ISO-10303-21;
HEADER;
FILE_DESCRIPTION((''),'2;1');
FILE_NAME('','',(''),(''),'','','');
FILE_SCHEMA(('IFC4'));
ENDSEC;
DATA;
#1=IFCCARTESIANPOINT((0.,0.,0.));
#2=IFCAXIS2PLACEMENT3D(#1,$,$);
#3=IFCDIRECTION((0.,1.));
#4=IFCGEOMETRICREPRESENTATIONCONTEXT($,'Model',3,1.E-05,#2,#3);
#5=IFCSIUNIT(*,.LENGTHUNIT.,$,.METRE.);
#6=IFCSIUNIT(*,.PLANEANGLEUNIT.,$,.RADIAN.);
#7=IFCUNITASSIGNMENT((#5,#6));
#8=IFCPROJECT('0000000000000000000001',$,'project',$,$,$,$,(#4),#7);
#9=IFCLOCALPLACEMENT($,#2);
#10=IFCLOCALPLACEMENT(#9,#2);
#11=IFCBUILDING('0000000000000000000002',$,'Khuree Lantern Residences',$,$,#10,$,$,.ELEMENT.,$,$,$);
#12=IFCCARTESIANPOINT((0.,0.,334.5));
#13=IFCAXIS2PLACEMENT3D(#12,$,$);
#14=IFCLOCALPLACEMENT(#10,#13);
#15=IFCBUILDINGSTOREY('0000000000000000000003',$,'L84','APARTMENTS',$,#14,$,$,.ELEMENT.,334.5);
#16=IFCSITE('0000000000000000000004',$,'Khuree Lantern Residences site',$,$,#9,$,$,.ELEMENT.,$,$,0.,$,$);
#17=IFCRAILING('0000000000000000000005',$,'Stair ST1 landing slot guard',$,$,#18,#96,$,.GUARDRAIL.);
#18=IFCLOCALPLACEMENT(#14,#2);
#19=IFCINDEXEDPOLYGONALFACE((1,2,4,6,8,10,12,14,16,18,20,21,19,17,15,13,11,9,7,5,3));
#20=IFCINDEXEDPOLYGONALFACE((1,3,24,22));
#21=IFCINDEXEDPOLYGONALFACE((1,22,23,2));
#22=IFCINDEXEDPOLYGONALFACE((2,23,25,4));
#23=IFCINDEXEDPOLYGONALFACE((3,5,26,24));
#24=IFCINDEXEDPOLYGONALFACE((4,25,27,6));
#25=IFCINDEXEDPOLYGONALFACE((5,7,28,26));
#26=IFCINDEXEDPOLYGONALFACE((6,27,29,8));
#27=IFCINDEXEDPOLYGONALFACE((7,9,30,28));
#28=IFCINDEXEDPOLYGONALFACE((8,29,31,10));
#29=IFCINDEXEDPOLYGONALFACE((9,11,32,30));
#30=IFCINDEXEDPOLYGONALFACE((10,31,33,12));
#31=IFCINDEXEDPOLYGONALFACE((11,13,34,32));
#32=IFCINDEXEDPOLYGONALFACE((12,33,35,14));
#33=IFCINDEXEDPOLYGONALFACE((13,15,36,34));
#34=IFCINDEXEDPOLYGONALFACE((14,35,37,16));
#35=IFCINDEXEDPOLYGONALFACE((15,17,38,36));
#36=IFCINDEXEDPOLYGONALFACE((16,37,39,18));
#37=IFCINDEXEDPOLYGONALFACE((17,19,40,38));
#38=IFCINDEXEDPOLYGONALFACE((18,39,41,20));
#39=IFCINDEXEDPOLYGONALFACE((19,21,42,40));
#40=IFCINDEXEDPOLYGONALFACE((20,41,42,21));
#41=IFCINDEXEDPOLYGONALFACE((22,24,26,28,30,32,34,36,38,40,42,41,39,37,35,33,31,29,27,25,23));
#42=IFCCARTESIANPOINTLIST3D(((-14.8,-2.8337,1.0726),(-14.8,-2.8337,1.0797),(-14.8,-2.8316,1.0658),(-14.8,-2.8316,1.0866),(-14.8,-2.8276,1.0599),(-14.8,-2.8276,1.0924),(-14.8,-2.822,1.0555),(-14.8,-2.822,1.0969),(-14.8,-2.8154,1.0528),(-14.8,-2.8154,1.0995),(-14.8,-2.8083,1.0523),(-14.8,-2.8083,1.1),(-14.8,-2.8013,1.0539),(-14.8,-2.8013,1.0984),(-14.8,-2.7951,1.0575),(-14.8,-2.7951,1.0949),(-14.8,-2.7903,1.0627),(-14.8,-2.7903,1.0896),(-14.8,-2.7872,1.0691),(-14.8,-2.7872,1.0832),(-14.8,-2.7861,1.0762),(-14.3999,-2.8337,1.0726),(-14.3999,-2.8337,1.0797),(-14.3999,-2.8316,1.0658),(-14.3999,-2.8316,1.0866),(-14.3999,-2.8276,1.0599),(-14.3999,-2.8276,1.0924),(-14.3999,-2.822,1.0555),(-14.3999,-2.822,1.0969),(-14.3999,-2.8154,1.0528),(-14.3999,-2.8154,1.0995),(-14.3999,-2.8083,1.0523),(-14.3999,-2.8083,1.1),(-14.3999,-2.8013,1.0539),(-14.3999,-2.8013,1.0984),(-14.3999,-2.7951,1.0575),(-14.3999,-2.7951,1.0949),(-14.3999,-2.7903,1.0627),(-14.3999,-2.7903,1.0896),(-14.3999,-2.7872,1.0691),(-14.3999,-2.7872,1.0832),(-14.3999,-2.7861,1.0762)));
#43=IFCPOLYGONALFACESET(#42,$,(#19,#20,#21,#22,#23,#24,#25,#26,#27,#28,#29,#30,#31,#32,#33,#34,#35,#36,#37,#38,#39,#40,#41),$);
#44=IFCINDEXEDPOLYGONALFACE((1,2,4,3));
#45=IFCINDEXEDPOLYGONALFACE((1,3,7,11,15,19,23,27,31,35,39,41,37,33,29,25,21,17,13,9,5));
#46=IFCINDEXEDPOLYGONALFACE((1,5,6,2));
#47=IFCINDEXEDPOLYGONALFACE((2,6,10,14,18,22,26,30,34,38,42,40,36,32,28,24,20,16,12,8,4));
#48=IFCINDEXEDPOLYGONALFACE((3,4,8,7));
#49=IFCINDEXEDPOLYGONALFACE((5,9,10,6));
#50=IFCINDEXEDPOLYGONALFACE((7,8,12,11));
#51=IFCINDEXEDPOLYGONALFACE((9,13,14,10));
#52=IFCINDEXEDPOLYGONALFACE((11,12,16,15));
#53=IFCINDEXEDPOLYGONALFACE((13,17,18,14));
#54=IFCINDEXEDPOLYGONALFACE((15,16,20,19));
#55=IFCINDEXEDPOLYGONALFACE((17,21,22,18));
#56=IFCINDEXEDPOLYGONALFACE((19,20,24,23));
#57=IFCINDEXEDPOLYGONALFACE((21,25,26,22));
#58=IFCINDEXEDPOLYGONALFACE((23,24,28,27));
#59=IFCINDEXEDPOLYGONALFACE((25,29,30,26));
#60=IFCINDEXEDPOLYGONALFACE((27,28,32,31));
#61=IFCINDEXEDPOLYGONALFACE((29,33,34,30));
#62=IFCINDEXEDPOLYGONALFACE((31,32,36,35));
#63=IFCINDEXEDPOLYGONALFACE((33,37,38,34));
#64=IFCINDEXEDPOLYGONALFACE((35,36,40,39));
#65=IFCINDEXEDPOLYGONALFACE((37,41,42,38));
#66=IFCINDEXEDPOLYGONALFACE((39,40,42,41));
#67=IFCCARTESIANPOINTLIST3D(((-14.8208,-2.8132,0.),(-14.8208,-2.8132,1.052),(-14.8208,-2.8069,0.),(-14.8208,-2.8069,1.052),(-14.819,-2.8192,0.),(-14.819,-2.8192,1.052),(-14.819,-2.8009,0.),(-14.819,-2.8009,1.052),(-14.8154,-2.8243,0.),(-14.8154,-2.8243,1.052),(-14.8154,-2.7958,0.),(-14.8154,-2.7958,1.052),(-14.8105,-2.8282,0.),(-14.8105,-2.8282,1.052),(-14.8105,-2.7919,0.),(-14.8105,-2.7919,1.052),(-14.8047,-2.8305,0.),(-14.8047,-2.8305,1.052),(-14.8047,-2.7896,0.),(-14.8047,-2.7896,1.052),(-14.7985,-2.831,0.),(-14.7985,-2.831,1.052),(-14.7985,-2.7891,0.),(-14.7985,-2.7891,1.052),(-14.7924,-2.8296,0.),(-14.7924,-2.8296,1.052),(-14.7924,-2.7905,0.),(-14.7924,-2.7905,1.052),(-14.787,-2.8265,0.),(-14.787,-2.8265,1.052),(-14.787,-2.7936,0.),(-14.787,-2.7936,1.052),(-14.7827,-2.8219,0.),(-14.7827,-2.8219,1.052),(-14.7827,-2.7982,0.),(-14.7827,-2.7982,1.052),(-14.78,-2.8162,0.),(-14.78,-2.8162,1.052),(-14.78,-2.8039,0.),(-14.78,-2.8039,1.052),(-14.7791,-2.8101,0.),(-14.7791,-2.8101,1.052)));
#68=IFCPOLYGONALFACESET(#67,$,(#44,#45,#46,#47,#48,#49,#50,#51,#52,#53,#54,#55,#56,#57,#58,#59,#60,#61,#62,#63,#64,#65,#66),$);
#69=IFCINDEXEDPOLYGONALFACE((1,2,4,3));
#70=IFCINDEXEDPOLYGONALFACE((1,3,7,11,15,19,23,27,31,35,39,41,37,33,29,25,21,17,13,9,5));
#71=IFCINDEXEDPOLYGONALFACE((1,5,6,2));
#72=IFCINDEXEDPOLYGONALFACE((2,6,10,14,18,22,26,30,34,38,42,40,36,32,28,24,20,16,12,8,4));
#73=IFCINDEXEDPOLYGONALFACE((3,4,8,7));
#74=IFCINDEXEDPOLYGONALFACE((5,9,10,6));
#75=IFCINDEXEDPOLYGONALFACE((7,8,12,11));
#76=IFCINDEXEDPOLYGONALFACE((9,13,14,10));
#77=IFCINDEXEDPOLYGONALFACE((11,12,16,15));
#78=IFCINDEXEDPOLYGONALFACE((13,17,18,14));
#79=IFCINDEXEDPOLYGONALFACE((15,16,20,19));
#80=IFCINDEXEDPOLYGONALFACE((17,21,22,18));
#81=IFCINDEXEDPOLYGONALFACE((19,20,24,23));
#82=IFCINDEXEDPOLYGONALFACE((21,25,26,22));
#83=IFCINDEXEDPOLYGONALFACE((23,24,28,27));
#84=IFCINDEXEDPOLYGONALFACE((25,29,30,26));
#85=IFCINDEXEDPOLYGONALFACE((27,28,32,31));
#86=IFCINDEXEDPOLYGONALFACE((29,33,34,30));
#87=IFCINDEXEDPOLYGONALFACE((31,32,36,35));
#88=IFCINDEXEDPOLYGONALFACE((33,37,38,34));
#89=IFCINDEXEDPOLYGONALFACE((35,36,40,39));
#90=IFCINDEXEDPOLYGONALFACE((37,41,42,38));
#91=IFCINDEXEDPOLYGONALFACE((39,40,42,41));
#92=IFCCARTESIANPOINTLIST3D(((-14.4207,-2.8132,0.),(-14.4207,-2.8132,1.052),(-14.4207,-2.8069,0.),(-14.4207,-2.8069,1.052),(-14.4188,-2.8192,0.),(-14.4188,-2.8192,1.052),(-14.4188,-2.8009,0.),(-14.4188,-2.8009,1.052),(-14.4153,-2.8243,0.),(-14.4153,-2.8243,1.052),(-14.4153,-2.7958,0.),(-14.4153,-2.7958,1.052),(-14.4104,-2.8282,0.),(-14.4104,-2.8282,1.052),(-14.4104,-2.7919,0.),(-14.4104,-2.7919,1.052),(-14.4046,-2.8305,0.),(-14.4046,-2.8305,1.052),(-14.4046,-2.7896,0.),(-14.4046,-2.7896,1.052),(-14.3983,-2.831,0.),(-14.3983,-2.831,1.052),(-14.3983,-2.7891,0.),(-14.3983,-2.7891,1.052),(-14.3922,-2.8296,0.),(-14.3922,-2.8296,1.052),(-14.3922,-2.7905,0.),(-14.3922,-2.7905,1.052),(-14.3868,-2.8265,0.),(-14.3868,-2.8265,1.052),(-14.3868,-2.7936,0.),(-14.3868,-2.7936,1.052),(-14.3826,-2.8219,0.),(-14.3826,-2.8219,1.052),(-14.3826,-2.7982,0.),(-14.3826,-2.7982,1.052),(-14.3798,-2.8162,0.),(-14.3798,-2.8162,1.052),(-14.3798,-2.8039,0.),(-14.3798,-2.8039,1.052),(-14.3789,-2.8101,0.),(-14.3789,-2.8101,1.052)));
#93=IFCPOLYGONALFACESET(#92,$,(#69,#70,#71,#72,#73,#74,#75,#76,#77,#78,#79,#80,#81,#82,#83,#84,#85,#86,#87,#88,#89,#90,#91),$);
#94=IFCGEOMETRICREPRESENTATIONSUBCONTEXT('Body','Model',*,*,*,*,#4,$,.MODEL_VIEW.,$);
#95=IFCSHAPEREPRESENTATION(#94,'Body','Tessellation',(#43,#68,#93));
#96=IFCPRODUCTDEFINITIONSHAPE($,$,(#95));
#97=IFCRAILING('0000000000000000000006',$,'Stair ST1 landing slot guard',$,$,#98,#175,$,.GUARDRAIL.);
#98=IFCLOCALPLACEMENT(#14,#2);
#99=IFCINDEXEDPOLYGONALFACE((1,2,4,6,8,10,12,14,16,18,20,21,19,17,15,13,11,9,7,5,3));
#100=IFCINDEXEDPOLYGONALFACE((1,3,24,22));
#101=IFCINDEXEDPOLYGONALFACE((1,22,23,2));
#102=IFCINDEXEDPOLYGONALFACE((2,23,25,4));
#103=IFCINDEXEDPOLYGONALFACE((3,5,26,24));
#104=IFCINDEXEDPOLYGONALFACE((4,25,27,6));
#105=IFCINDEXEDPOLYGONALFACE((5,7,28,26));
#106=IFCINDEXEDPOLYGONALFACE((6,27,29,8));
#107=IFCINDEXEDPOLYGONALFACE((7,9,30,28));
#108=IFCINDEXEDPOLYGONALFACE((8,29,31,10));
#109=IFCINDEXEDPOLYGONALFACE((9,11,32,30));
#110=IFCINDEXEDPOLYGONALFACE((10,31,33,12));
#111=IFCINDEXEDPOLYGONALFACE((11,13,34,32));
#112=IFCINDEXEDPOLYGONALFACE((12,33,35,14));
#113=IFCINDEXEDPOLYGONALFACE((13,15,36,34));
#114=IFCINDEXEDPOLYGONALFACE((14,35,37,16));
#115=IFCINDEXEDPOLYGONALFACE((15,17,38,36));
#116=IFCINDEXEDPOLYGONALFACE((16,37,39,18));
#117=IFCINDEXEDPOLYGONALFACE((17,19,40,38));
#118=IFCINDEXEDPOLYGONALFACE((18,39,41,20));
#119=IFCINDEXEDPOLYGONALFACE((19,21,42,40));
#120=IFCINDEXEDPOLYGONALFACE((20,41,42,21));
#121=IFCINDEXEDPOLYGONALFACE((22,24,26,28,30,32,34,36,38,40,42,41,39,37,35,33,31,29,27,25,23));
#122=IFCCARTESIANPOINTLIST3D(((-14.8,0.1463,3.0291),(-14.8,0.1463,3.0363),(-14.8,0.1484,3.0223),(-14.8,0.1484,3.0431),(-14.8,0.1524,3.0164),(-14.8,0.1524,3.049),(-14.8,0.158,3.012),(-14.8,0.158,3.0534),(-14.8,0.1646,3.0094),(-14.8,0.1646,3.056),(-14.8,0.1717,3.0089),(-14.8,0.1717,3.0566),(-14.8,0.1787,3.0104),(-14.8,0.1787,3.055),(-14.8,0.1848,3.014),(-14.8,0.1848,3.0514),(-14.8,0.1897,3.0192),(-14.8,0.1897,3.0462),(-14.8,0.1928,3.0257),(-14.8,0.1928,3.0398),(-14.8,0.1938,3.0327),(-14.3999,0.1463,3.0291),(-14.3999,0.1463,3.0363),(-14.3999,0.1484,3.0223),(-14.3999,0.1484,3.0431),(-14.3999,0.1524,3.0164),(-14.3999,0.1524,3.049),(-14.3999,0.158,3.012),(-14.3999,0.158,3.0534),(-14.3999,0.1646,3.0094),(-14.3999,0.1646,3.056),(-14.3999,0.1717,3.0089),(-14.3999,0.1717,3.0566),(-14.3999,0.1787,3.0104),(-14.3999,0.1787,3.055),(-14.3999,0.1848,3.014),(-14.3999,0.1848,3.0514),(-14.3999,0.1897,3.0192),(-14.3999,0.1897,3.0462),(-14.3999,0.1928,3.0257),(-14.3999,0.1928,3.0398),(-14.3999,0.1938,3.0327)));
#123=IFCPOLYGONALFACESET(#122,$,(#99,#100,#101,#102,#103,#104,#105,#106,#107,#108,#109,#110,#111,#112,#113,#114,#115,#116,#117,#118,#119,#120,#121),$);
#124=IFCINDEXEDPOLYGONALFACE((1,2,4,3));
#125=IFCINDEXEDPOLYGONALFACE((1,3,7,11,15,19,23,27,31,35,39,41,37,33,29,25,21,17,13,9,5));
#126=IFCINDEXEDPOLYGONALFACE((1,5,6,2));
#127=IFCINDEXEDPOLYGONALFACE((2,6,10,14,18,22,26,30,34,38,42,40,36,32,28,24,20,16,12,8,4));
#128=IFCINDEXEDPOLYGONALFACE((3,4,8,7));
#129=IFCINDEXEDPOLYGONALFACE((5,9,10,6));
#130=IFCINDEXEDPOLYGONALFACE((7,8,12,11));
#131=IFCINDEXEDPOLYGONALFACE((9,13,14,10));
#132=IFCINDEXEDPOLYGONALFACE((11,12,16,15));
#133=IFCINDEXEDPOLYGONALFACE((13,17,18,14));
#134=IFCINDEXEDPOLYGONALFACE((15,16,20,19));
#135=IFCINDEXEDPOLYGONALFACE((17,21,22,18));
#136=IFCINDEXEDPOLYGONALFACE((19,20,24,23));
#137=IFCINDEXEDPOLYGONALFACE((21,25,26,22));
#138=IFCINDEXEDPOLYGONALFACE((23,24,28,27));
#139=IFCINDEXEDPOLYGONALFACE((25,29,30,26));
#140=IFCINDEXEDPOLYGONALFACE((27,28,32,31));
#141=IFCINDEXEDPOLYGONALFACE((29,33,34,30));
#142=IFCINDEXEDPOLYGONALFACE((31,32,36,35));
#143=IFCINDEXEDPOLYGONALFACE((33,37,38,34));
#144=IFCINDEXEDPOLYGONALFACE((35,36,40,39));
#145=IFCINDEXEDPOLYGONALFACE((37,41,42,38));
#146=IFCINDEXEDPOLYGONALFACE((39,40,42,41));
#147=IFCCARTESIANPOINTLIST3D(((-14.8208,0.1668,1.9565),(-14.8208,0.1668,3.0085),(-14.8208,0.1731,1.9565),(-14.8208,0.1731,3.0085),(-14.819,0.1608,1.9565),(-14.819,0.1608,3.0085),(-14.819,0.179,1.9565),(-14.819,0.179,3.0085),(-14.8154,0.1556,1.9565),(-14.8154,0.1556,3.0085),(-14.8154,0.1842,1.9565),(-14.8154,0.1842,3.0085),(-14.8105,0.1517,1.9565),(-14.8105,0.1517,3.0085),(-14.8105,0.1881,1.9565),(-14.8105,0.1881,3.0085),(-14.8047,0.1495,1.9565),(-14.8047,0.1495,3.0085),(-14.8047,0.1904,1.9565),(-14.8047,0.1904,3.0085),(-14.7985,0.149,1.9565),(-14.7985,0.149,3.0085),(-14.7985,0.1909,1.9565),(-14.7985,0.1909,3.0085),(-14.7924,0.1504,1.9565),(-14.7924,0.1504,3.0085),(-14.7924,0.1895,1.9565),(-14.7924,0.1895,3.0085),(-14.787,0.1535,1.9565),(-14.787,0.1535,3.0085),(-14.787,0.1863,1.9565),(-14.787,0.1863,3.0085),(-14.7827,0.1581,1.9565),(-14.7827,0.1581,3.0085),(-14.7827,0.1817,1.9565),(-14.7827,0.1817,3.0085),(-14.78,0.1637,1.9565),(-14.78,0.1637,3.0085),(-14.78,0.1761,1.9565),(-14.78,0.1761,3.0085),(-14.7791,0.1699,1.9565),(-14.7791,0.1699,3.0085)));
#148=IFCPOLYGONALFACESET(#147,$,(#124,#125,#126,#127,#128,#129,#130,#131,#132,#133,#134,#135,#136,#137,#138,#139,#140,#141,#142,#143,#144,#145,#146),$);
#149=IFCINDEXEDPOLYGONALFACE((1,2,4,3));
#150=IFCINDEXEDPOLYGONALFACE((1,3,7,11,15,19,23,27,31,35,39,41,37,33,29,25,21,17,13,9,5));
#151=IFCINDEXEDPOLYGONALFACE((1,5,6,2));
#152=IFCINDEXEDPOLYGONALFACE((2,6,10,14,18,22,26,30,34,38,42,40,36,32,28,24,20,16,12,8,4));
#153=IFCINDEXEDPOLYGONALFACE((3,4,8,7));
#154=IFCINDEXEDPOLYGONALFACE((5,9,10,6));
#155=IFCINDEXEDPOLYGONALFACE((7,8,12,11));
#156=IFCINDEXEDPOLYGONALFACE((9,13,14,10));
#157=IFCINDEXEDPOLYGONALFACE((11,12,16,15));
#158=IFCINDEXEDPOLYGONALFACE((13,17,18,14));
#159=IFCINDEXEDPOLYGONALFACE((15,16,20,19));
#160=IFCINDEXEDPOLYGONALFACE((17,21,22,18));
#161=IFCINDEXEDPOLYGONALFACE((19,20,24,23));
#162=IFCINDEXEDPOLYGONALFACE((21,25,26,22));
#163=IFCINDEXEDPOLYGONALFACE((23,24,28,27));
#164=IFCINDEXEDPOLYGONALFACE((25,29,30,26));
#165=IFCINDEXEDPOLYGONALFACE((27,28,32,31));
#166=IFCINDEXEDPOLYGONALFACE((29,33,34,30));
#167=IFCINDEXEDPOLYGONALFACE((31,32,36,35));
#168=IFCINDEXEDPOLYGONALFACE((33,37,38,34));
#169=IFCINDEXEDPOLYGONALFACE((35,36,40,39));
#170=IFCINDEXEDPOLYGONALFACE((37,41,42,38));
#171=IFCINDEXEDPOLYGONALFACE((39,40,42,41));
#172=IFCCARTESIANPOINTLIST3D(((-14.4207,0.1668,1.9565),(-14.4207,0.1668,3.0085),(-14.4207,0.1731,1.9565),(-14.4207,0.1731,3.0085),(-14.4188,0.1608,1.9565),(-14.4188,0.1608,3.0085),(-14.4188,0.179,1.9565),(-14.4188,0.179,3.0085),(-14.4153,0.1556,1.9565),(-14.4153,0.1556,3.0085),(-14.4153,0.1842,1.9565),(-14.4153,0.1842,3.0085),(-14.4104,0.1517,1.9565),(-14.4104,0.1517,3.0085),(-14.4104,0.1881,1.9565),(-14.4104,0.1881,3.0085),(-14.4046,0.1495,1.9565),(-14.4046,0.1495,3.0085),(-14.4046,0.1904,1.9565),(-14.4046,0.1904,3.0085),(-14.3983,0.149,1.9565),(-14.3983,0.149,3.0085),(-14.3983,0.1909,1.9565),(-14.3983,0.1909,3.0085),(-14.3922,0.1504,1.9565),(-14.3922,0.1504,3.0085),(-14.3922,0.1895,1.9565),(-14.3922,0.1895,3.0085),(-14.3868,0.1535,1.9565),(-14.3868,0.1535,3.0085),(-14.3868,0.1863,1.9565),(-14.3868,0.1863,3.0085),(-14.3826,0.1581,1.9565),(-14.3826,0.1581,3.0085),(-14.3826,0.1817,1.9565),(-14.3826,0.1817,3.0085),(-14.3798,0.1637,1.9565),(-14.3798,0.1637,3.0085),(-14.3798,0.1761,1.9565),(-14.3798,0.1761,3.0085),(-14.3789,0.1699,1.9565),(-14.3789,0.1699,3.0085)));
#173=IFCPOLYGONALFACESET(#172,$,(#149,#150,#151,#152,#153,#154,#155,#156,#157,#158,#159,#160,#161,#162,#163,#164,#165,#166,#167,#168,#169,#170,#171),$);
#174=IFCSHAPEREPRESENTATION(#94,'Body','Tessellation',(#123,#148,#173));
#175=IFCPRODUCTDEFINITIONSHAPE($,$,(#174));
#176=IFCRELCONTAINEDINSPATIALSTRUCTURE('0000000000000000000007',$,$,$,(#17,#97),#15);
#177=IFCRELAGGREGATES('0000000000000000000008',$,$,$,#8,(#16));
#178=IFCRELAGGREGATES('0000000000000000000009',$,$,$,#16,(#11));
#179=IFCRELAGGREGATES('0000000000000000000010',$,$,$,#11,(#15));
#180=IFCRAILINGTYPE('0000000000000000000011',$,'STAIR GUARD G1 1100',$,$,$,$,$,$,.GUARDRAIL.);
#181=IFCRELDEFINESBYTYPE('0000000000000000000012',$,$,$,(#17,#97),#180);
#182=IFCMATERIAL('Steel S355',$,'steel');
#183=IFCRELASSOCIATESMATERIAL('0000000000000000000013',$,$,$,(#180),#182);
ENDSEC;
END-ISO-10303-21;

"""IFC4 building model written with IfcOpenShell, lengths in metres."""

from ifc_helpers import new_model, si_unit, direction, frame, origin, origin_2d, place, context, subcontext, project, spatial, circle, extrude, material, type_object, element, save


model = new_model("IFC4")

# Units and contexts
model_context = context("Model", 3, precision=1e-05, world=origin(), true_north=direction((0.0, 1.0)))
body_context = subcontext(model_context, "Body", "Model", "MODEL_VIEW")
ifc_project = project(units=[si_unit("LENGTHUNIT", "METRE"), si_unit("PLANEANGLEUNIT", "RADIAN")], contexts=[model_context])

# Site, building, storey
site_placement = place(None, origin())
site = spatial("IfcSite", under=ifc_project, at=site_placement, Name="Khuree Lantern Residences site", CompositionType="ELEMENT", RefElevation=0.0)
building_placement = place(site_placement, origin())
building = spatial("IfcBuilding", under=site, at=building_placement, Name="Khuree Lantern Residences", CompositionType="ELEMENT")
storey_placement = place(building_placement, frame((0.0, 0.0, 334.5)))
storey = spatial("IfcBuildingStorey", under=building, at=storey_placement, Name="L84", Description="APARTMENTS", CompositionType="ELEMENT", Elevation=334.5)

# Shared definitions
ifc_material_1 = material(Name="Steel S355", Category="steel")

# Railings
railing_type = type_object("IfcRailingType", Name="STAIR GUARD G1 1100", PredefinedType="GUARDRAIL", material=ifc_material_1)
for number, where, name in (
    (1, (-14.8, -2.8101, 0.0), "Stair ST1 landing slot guard"),
    (2, (-14.8, 0.1699, 1.9565), "Stair ST1 landing slot guard"),
):
    element("IfcRailing", number, at=place(storey_placement, frame(where)), inside=storey, type_object=railing_type, Name=name, PredefinedType="GUARDRAIL", context=body_context, shape_type="SweptSolid", body=[
        extrude(circle(Radius=0.0239, at=origin_2d()), frame((0.0, 0.0, 1.0762), z_axis=(1.0, 0.0, 0.0), x_axis=(0.0, 1.0, 0.0)), (0.0, 0.0, 1.0), 0.4001),
        extrude(circle(Radius=0.021, at=origin_2d()), origin(), (0.0, 0.0, 1.0), 1.052),
        extrude(circle(Radius=0.021, at=origin_2d()), frame((0.4001, 0.0, 0.0)), (0.0, 0.0, 1.0), 1.052),
    ])

save(model, "model.ifc")
